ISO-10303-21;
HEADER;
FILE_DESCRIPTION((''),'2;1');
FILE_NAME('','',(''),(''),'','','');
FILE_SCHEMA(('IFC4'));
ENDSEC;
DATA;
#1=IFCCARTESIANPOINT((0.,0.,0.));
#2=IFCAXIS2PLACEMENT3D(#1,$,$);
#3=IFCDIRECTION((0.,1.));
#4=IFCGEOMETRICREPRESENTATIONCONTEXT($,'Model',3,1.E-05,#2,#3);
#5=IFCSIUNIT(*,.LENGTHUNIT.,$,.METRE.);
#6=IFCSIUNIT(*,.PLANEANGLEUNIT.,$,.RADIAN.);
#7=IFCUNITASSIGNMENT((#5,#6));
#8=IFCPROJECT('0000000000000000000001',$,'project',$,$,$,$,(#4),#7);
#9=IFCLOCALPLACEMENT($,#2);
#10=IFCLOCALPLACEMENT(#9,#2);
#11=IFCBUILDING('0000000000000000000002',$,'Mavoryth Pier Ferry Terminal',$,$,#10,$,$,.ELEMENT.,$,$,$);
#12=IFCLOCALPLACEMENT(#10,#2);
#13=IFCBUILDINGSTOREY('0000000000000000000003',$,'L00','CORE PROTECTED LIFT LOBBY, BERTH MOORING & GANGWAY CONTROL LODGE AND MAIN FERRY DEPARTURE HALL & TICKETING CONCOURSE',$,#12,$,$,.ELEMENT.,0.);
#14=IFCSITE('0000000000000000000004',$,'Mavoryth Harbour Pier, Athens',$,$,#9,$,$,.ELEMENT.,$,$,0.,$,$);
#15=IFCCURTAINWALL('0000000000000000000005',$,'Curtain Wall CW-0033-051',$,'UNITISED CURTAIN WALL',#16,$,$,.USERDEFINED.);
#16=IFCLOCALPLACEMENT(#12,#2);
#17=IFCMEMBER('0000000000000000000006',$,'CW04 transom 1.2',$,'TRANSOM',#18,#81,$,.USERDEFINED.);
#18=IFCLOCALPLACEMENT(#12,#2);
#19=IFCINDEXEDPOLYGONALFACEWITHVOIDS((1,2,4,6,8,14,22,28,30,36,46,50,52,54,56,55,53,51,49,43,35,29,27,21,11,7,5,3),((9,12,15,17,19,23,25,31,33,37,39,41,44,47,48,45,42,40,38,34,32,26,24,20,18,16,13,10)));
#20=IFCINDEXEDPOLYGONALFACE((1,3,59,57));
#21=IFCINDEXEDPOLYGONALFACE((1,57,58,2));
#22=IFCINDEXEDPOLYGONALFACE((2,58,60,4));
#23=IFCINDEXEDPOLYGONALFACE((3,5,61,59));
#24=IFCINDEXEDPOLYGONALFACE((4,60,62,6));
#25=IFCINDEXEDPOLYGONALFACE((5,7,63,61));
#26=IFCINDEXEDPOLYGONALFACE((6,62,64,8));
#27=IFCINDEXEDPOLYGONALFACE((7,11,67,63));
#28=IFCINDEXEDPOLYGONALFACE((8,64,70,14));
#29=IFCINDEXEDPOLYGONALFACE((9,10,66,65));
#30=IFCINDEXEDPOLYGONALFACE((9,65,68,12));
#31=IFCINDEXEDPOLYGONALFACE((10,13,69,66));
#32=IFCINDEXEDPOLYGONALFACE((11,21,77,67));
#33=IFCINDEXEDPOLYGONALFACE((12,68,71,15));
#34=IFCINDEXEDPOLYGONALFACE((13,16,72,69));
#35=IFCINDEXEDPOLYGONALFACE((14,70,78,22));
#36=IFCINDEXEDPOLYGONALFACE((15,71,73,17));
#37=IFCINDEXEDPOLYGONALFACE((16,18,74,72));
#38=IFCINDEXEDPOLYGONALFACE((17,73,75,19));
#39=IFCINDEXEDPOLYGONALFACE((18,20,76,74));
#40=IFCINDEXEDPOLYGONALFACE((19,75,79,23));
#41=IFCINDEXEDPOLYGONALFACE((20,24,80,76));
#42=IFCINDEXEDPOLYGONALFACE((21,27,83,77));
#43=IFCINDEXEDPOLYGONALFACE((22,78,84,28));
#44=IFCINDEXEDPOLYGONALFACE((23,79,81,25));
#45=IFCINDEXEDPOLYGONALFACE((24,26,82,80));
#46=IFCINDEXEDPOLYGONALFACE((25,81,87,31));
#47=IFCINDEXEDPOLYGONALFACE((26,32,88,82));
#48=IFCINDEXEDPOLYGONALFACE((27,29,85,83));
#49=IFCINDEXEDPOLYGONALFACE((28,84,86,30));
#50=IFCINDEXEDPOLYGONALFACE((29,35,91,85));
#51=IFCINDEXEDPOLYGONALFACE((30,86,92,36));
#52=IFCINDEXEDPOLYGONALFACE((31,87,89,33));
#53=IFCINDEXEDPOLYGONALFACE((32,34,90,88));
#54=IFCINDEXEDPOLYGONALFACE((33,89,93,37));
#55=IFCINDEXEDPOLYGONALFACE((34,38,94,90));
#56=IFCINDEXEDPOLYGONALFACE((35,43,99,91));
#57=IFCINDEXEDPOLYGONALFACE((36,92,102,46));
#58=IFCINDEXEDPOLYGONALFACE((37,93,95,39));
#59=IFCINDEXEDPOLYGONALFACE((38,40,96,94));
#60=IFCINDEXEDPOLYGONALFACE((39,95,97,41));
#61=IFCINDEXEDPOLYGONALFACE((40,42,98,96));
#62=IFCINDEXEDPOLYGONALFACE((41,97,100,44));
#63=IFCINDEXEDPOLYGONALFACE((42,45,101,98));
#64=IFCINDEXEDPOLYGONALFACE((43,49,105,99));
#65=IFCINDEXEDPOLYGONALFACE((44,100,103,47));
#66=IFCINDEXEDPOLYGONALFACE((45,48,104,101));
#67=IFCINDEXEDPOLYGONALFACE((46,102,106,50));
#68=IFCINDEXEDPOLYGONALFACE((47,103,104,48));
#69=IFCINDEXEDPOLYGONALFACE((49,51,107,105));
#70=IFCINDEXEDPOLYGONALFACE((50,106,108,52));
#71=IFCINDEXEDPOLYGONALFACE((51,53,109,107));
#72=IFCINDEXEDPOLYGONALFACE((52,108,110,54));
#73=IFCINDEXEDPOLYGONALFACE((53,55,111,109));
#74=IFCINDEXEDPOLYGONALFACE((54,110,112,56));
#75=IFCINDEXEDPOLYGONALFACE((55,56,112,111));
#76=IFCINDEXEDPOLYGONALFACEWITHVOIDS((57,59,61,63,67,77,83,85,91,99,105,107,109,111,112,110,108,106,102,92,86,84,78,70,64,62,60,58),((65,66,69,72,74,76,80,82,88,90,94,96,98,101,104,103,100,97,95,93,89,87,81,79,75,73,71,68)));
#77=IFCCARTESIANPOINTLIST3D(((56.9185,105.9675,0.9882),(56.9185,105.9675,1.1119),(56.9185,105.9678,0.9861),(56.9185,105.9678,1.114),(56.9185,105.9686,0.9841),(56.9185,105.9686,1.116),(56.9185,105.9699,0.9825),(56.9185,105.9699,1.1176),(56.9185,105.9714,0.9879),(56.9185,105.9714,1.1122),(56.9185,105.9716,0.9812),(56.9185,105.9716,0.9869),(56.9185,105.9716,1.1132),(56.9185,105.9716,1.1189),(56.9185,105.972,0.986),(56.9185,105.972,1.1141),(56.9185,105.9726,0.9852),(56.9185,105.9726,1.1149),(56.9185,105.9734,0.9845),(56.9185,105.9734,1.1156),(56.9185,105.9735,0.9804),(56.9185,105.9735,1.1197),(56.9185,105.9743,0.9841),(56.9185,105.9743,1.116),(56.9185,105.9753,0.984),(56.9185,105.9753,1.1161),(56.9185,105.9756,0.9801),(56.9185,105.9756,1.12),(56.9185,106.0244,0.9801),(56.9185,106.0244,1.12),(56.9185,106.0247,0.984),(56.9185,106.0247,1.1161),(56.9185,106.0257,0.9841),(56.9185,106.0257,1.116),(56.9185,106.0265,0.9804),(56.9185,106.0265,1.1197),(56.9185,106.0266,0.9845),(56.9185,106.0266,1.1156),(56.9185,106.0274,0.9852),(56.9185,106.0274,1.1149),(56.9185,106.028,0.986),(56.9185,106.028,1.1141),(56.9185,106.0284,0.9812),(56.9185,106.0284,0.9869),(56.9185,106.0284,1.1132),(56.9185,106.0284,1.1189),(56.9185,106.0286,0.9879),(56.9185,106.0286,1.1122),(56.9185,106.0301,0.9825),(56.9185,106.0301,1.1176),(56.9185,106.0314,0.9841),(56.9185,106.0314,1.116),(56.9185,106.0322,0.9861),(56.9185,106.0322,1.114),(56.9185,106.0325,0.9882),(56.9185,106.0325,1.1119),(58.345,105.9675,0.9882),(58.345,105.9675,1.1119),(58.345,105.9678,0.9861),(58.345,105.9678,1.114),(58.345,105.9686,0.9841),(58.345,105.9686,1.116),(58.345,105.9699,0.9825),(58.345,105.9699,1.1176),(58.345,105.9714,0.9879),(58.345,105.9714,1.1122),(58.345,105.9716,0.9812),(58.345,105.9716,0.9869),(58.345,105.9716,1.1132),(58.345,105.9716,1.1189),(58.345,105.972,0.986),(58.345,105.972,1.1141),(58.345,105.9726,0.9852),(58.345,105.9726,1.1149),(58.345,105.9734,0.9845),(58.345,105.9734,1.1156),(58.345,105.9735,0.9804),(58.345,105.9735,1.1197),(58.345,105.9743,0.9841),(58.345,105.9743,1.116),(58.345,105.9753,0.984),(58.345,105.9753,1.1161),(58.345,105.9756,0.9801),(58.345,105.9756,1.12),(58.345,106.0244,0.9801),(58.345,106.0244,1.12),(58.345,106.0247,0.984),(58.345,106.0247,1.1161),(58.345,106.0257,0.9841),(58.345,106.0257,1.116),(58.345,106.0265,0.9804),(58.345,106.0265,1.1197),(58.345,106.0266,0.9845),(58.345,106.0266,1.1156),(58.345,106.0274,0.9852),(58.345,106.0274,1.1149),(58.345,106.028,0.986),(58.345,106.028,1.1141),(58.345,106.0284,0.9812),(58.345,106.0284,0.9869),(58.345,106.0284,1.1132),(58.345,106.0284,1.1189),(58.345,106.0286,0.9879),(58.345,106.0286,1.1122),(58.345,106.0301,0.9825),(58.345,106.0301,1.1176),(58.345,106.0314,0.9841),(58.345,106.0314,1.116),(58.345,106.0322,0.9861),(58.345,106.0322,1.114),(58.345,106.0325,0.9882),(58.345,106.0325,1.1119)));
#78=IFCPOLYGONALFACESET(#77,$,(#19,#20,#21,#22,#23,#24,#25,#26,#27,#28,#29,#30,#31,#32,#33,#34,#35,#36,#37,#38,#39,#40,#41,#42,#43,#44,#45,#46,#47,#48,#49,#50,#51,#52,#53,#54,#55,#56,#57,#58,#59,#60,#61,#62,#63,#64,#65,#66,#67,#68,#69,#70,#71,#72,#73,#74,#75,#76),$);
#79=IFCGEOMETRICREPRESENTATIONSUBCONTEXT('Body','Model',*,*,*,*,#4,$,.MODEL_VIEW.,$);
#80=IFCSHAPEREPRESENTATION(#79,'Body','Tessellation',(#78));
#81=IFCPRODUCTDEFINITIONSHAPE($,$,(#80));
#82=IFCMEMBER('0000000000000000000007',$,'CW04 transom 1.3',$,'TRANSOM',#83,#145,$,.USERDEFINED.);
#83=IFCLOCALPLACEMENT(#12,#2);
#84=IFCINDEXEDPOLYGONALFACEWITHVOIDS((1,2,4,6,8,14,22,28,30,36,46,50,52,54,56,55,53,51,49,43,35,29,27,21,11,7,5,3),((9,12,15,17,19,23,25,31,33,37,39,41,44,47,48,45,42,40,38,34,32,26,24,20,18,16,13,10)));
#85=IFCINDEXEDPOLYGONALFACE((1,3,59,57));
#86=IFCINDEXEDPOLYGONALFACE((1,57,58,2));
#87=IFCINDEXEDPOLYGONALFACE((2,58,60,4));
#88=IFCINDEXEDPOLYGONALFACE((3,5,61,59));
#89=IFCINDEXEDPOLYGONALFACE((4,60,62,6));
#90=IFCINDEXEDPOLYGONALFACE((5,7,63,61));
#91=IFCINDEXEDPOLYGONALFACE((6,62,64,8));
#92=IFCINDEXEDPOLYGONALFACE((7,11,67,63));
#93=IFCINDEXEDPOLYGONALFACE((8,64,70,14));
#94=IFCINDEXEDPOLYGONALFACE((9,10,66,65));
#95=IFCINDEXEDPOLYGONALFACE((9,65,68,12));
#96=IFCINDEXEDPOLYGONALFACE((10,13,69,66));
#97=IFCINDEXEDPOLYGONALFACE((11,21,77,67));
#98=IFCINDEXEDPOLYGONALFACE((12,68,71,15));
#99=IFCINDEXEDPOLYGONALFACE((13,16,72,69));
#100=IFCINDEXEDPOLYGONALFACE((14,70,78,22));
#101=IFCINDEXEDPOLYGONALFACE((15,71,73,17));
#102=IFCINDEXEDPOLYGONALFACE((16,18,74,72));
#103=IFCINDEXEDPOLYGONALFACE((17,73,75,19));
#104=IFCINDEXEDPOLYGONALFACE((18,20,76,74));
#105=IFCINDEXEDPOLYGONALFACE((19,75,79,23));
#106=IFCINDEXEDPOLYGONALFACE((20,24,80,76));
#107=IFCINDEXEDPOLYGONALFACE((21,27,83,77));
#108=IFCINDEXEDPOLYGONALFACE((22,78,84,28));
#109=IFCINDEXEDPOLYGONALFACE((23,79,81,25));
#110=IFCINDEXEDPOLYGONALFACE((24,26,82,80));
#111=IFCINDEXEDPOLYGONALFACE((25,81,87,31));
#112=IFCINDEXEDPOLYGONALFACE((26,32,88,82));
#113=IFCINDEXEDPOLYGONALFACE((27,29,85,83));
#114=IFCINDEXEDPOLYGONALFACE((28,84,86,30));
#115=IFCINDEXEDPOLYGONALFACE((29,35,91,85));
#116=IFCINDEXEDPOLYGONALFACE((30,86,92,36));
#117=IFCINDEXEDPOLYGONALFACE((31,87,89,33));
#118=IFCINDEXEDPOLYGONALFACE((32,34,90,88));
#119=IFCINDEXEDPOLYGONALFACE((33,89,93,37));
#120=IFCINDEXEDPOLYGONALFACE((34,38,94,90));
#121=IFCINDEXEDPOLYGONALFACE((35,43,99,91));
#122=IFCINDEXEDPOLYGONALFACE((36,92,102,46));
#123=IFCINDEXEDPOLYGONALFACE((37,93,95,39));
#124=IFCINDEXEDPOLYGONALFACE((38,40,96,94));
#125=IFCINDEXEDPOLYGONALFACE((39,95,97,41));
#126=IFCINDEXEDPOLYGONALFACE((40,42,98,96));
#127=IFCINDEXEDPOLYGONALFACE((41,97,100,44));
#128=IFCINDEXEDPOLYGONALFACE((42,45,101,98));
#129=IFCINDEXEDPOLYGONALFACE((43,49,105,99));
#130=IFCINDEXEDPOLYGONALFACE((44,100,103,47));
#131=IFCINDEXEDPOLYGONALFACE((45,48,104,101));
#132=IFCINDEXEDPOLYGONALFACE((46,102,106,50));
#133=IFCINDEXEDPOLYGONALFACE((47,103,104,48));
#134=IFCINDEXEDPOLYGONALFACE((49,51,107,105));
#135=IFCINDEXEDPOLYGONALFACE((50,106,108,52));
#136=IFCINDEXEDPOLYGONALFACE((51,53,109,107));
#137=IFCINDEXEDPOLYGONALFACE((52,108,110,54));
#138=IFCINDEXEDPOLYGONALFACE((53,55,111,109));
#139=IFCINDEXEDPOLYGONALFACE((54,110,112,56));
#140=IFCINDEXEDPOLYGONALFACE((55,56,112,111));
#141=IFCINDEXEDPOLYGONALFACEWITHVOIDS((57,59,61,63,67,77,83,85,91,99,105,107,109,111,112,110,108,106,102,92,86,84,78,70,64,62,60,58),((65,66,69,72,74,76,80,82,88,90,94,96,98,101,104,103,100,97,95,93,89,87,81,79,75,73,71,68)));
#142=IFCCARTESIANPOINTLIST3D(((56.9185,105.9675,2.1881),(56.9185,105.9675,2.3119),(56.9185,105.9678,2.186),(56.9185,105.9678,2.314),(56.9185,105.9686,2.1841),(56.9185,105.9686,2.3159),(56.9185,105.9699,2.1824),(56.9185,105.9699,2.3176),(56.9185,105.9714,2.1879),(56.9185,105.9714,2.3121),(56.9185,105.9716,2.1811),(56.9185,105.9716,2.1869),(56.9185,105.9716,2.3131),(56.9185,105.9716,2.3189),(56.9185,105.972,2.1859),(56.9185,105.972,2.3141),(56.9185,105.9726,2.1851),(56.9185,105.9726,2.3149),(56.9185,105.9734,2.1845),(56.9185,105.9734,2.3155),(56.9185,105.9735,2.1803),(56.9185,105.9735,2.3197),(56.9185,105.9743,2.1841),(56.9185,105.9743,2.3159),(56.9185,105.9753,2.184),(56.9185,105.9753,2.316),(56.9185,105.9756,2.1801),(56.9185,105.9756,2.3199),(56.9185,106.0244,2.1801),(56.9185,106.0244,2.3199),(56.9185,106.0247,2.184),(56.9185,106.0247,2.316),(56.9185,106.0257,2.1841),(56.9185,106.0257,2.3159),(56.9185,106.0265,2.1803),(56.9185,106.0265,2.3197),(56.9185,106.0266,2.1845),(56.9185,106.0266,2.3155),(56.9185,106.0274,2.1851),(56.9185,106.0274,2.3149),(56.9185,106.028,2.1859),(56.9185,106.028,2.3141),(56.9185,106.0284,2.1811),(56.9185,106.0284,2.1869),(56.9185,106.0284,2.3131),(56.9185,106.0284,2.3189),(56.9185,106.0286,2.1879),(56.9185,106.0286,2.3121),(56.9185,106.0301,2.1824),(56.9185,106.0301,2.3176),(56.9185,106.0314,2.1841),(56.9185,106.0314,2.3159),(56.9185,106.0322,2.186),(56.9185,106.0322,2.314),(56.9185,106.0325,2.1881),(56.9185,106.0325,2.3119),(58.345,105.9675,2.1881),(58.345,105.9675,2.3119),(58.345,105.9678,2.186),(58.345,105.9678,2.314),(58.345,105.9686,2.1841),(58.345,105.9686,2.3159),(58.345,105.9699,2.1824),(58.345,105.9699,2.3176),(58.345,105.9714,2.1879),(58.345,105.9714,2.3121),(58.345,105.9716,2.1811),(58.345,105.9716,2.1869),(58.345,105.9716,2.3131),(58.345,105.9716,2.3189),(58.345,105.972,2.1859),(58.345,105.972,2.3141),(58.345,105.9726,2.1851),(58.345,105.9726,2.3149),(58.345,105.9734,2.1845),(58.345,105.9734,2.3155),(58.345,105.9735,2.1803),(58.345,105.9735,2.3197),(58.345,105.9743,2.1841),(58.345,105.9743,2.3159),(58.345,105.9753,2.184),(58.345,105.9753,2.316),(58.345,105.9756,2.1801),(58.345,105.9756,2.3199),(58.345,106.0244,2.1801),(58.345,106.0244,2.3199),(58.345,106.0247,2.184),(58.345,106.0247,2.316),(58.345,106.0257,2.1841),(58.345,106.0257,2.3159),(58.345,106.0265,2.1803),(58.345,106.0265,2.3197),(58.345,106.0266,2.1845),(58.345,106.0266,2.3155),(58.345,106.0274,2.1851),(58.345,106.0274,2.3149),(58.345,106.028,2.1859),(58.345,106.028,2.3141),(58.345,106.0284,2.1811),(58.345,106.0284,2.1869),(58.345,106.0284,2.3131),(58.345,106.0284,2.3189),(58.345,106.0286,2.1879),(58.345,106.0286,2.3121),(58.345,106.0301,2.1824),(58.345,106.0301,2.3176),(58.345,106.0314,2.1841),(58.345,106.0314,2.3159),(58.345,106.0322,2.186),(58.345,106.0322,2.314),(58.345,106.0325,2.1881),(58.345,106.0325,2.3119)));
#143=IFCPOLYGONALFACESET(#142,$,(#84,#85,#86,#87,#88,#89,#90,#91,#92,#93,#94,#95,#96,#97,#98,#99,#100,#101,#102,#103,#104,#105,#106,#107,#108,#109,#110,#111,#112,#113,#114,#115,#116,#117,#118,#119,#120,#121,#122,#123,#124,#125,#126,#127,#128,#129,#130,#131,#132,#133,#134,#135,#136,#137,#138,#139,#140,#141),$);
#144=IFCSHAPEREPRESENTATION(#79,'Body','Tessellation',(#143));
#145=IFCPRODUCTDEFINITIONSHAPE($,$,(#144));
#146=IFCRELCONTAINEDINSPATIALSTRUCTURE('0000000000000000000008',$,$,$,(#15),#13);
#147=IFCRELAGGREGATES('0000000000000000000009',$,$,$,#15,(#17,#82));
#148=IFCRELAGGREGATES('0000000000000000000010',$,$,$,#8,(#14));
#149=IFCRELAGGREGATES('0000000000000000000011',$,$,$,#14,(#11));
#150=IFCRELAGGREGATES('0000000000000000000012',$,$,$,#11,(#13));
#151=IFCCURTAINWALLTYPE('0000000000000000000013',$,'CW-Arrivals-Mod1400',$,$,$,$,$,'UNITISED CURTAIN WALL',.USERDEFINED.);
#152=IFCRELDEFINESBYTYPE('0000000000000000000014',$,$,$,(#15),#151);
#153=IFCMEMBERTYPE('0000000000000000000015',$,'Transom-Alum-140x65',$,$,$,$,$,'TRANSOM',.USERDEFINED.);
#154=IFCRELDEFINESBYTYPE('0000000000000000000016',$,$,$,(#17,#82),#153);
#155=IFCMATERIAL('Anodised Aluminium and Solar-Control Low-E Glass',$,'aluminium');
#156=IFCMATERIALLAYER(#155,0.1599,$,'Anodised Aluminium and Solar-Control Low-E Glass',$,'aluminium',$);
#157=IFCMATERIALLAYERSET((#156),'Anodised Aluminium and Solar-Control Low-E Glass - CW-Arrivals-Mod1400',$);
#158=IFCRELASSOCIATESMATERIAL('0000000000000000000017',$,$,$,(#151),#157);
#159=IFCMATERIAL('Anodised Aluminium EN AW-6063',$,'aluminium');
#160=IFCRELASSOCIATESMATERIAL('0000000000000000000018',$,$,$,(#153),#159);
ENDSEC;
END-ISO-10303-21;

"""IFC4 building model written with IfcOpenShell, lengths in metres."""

from ifc_helpers import new_model, si_unit, direction, frame, origin, origin_2d, place, context, subcontext, project, spatial, hollow_rectangle, extrude, material, layer, layer_set, material_profile, profile_set, type_object, element, aggregate, save


model = new_model("IFC4")

# Units and contexts
model_context = context("Model", 3, precision=1e-05, world=origin(), true_north=direction((0.0, 1.0)))
body_context = subcontext(model_context, "Body", "Model", "MODEL_VIEW")
ifc_project = project(units=[si_unit("LENGTHUNIT", "METRE"), si_unit("PLANEANGLEUNIT", "RADIAN")], contexts=[model_context])

# Site, building, storey
site_placement = place(None, origin())
site = spatial("IfcSite", under=ifc_project, at=site_placement, Name="Mavoryth Harbour Pier, Athens", CompositionType="ELEMENT", RefElevation=0.0)
building_placement = place(site_placement, origin())
building = spatial("IfcBuilding", under=site, at=building_placement, Name="Mavoryth Pier Ferry Terminal", CompositionType="ELEMENT")
storey_placement = place(building_placement, origin())
storey = spatial("IfcBuildingStorey", under=building, at=storey_placement, Name="L00", Description="CORE PROTECTED LIFT LOBBY, BERTH MOORING & GANGWAY CONTROL LODGE AND MAIN FERRY DEPARTURE HALL & TICKETING CONCOURSE", CompositionType="ELEMENT", Elevation=0.0)

# Curtain wall
ifc_material_1 = material(Name="Anodised Aluminium and Solar-Control Low-E Glass", Category="aluminium")
ifc_layer_1 = layer(ifc_material_1, 0.1599, Name="Anodised Aluminium and Solar-Control Low-E Glass", Category="aluminium")
ifc_layer_set_1 = layer_set([ifc_layer_1], Name="Anodised Aluminium and Solar-Control Low-E Glass - CW-Arrivals-Mod1400")
curtain_wall_type = type_object("IfcCurtainWallType", Name="CW-Arrivals-Mod1400", ElementType="UNITISED CURTAIN WALL", PredefinedType="USERDEFINED", material=ifc_layer_set_1)
curtain_wall_1_placement = place(storey_placement, origin())
curtain_wall_1 = element("IfcCurtainWall", 1, at=curtain_wall_1_placement, inside=storey, type_object=curtain_wall_type, Name="Curtain Wall CW-0033-051", ObjectType="UNITISED CURTAIN WALL", PredefinedType="USERDEFINED")
ifc_material_2 = material(Name="Anodised Aluminium EN AW-6063", Category="aluminium")

# Members
ifc_material_profile_1 = material_profile(ifc_material_2, hollow_rectangle(XDim=0.0649, YDim=0.1399, WallThickness=0.0039, InnerFilletRadius=0.0039, OuterFilletRadius=0.0081, at=origin_2d()), Name="AL-TRAN 140x65x4", Category="aluminium")
ifc_profile_set_1 = profile_set([ifc_material_profile_1], Name="Anodised Aluminium EN AW-6063 - AL-TRAN 140x65x4")
member_type_1 = type_object("IfcMemberType", Name="Transom-Alum-140x65", ElementType="TRANSOM", PredefinedType="USERDEFINED", material=ifc_profile_set_1)
member_1_placement = place(storey_placement, frame((58.345, 106.0, 1.05), z_axis=(-1.0, 0.0, 0.0), x_axis=(0.0, -1.0, 0.0)))
member_1 = element("IfcMember", 2, at=member_1_placement, type_object=member_type_1, Name="CW04 transom 1.2", ObjectType="TRANSOM", PredefinedType="USERDEFINED", context=body_context, shape_type="SweptSolid", body=[
    extrude(hollow_rectangle(XDim=0.0649, YDim=0.1399, WallThickness=0.0039, InnerFilletRadius=0.0039, OuterFilletRadius=0.0081, at=origin_2d()), origin(), (0.0, 0.0, 1.0), 1.4265),
])
member_2_placement = place(storey_placement, frame((58.345, 106.0, 2.25), z_axis=(-1.0, 0.0, 0.0), x_axis=(0.0, -1.0, 0.0)))
member_2 = element("IfcMember", 3, at=member_2_placement, type_object=member_type_1, Name="CW04 transom 1.3", ObjectType="TRANSOM", PredefinedType="USERDEFINED", context=body_context, shape_type="SweptSolid", body=[
    extrude(hollow_rectangle(XDim=0.0649, YDim=0.1399, WallThickness=0.0039, InnerFilletRadius=0.0039, OuterFilletRadius=0.0081, at=origin_2d()), origin(), (0.0, 0.0, 1.0), 1.4265),
])

aggregate(curtain_wall_1, [member_1, member_2])

save(model, "model.ifc")
